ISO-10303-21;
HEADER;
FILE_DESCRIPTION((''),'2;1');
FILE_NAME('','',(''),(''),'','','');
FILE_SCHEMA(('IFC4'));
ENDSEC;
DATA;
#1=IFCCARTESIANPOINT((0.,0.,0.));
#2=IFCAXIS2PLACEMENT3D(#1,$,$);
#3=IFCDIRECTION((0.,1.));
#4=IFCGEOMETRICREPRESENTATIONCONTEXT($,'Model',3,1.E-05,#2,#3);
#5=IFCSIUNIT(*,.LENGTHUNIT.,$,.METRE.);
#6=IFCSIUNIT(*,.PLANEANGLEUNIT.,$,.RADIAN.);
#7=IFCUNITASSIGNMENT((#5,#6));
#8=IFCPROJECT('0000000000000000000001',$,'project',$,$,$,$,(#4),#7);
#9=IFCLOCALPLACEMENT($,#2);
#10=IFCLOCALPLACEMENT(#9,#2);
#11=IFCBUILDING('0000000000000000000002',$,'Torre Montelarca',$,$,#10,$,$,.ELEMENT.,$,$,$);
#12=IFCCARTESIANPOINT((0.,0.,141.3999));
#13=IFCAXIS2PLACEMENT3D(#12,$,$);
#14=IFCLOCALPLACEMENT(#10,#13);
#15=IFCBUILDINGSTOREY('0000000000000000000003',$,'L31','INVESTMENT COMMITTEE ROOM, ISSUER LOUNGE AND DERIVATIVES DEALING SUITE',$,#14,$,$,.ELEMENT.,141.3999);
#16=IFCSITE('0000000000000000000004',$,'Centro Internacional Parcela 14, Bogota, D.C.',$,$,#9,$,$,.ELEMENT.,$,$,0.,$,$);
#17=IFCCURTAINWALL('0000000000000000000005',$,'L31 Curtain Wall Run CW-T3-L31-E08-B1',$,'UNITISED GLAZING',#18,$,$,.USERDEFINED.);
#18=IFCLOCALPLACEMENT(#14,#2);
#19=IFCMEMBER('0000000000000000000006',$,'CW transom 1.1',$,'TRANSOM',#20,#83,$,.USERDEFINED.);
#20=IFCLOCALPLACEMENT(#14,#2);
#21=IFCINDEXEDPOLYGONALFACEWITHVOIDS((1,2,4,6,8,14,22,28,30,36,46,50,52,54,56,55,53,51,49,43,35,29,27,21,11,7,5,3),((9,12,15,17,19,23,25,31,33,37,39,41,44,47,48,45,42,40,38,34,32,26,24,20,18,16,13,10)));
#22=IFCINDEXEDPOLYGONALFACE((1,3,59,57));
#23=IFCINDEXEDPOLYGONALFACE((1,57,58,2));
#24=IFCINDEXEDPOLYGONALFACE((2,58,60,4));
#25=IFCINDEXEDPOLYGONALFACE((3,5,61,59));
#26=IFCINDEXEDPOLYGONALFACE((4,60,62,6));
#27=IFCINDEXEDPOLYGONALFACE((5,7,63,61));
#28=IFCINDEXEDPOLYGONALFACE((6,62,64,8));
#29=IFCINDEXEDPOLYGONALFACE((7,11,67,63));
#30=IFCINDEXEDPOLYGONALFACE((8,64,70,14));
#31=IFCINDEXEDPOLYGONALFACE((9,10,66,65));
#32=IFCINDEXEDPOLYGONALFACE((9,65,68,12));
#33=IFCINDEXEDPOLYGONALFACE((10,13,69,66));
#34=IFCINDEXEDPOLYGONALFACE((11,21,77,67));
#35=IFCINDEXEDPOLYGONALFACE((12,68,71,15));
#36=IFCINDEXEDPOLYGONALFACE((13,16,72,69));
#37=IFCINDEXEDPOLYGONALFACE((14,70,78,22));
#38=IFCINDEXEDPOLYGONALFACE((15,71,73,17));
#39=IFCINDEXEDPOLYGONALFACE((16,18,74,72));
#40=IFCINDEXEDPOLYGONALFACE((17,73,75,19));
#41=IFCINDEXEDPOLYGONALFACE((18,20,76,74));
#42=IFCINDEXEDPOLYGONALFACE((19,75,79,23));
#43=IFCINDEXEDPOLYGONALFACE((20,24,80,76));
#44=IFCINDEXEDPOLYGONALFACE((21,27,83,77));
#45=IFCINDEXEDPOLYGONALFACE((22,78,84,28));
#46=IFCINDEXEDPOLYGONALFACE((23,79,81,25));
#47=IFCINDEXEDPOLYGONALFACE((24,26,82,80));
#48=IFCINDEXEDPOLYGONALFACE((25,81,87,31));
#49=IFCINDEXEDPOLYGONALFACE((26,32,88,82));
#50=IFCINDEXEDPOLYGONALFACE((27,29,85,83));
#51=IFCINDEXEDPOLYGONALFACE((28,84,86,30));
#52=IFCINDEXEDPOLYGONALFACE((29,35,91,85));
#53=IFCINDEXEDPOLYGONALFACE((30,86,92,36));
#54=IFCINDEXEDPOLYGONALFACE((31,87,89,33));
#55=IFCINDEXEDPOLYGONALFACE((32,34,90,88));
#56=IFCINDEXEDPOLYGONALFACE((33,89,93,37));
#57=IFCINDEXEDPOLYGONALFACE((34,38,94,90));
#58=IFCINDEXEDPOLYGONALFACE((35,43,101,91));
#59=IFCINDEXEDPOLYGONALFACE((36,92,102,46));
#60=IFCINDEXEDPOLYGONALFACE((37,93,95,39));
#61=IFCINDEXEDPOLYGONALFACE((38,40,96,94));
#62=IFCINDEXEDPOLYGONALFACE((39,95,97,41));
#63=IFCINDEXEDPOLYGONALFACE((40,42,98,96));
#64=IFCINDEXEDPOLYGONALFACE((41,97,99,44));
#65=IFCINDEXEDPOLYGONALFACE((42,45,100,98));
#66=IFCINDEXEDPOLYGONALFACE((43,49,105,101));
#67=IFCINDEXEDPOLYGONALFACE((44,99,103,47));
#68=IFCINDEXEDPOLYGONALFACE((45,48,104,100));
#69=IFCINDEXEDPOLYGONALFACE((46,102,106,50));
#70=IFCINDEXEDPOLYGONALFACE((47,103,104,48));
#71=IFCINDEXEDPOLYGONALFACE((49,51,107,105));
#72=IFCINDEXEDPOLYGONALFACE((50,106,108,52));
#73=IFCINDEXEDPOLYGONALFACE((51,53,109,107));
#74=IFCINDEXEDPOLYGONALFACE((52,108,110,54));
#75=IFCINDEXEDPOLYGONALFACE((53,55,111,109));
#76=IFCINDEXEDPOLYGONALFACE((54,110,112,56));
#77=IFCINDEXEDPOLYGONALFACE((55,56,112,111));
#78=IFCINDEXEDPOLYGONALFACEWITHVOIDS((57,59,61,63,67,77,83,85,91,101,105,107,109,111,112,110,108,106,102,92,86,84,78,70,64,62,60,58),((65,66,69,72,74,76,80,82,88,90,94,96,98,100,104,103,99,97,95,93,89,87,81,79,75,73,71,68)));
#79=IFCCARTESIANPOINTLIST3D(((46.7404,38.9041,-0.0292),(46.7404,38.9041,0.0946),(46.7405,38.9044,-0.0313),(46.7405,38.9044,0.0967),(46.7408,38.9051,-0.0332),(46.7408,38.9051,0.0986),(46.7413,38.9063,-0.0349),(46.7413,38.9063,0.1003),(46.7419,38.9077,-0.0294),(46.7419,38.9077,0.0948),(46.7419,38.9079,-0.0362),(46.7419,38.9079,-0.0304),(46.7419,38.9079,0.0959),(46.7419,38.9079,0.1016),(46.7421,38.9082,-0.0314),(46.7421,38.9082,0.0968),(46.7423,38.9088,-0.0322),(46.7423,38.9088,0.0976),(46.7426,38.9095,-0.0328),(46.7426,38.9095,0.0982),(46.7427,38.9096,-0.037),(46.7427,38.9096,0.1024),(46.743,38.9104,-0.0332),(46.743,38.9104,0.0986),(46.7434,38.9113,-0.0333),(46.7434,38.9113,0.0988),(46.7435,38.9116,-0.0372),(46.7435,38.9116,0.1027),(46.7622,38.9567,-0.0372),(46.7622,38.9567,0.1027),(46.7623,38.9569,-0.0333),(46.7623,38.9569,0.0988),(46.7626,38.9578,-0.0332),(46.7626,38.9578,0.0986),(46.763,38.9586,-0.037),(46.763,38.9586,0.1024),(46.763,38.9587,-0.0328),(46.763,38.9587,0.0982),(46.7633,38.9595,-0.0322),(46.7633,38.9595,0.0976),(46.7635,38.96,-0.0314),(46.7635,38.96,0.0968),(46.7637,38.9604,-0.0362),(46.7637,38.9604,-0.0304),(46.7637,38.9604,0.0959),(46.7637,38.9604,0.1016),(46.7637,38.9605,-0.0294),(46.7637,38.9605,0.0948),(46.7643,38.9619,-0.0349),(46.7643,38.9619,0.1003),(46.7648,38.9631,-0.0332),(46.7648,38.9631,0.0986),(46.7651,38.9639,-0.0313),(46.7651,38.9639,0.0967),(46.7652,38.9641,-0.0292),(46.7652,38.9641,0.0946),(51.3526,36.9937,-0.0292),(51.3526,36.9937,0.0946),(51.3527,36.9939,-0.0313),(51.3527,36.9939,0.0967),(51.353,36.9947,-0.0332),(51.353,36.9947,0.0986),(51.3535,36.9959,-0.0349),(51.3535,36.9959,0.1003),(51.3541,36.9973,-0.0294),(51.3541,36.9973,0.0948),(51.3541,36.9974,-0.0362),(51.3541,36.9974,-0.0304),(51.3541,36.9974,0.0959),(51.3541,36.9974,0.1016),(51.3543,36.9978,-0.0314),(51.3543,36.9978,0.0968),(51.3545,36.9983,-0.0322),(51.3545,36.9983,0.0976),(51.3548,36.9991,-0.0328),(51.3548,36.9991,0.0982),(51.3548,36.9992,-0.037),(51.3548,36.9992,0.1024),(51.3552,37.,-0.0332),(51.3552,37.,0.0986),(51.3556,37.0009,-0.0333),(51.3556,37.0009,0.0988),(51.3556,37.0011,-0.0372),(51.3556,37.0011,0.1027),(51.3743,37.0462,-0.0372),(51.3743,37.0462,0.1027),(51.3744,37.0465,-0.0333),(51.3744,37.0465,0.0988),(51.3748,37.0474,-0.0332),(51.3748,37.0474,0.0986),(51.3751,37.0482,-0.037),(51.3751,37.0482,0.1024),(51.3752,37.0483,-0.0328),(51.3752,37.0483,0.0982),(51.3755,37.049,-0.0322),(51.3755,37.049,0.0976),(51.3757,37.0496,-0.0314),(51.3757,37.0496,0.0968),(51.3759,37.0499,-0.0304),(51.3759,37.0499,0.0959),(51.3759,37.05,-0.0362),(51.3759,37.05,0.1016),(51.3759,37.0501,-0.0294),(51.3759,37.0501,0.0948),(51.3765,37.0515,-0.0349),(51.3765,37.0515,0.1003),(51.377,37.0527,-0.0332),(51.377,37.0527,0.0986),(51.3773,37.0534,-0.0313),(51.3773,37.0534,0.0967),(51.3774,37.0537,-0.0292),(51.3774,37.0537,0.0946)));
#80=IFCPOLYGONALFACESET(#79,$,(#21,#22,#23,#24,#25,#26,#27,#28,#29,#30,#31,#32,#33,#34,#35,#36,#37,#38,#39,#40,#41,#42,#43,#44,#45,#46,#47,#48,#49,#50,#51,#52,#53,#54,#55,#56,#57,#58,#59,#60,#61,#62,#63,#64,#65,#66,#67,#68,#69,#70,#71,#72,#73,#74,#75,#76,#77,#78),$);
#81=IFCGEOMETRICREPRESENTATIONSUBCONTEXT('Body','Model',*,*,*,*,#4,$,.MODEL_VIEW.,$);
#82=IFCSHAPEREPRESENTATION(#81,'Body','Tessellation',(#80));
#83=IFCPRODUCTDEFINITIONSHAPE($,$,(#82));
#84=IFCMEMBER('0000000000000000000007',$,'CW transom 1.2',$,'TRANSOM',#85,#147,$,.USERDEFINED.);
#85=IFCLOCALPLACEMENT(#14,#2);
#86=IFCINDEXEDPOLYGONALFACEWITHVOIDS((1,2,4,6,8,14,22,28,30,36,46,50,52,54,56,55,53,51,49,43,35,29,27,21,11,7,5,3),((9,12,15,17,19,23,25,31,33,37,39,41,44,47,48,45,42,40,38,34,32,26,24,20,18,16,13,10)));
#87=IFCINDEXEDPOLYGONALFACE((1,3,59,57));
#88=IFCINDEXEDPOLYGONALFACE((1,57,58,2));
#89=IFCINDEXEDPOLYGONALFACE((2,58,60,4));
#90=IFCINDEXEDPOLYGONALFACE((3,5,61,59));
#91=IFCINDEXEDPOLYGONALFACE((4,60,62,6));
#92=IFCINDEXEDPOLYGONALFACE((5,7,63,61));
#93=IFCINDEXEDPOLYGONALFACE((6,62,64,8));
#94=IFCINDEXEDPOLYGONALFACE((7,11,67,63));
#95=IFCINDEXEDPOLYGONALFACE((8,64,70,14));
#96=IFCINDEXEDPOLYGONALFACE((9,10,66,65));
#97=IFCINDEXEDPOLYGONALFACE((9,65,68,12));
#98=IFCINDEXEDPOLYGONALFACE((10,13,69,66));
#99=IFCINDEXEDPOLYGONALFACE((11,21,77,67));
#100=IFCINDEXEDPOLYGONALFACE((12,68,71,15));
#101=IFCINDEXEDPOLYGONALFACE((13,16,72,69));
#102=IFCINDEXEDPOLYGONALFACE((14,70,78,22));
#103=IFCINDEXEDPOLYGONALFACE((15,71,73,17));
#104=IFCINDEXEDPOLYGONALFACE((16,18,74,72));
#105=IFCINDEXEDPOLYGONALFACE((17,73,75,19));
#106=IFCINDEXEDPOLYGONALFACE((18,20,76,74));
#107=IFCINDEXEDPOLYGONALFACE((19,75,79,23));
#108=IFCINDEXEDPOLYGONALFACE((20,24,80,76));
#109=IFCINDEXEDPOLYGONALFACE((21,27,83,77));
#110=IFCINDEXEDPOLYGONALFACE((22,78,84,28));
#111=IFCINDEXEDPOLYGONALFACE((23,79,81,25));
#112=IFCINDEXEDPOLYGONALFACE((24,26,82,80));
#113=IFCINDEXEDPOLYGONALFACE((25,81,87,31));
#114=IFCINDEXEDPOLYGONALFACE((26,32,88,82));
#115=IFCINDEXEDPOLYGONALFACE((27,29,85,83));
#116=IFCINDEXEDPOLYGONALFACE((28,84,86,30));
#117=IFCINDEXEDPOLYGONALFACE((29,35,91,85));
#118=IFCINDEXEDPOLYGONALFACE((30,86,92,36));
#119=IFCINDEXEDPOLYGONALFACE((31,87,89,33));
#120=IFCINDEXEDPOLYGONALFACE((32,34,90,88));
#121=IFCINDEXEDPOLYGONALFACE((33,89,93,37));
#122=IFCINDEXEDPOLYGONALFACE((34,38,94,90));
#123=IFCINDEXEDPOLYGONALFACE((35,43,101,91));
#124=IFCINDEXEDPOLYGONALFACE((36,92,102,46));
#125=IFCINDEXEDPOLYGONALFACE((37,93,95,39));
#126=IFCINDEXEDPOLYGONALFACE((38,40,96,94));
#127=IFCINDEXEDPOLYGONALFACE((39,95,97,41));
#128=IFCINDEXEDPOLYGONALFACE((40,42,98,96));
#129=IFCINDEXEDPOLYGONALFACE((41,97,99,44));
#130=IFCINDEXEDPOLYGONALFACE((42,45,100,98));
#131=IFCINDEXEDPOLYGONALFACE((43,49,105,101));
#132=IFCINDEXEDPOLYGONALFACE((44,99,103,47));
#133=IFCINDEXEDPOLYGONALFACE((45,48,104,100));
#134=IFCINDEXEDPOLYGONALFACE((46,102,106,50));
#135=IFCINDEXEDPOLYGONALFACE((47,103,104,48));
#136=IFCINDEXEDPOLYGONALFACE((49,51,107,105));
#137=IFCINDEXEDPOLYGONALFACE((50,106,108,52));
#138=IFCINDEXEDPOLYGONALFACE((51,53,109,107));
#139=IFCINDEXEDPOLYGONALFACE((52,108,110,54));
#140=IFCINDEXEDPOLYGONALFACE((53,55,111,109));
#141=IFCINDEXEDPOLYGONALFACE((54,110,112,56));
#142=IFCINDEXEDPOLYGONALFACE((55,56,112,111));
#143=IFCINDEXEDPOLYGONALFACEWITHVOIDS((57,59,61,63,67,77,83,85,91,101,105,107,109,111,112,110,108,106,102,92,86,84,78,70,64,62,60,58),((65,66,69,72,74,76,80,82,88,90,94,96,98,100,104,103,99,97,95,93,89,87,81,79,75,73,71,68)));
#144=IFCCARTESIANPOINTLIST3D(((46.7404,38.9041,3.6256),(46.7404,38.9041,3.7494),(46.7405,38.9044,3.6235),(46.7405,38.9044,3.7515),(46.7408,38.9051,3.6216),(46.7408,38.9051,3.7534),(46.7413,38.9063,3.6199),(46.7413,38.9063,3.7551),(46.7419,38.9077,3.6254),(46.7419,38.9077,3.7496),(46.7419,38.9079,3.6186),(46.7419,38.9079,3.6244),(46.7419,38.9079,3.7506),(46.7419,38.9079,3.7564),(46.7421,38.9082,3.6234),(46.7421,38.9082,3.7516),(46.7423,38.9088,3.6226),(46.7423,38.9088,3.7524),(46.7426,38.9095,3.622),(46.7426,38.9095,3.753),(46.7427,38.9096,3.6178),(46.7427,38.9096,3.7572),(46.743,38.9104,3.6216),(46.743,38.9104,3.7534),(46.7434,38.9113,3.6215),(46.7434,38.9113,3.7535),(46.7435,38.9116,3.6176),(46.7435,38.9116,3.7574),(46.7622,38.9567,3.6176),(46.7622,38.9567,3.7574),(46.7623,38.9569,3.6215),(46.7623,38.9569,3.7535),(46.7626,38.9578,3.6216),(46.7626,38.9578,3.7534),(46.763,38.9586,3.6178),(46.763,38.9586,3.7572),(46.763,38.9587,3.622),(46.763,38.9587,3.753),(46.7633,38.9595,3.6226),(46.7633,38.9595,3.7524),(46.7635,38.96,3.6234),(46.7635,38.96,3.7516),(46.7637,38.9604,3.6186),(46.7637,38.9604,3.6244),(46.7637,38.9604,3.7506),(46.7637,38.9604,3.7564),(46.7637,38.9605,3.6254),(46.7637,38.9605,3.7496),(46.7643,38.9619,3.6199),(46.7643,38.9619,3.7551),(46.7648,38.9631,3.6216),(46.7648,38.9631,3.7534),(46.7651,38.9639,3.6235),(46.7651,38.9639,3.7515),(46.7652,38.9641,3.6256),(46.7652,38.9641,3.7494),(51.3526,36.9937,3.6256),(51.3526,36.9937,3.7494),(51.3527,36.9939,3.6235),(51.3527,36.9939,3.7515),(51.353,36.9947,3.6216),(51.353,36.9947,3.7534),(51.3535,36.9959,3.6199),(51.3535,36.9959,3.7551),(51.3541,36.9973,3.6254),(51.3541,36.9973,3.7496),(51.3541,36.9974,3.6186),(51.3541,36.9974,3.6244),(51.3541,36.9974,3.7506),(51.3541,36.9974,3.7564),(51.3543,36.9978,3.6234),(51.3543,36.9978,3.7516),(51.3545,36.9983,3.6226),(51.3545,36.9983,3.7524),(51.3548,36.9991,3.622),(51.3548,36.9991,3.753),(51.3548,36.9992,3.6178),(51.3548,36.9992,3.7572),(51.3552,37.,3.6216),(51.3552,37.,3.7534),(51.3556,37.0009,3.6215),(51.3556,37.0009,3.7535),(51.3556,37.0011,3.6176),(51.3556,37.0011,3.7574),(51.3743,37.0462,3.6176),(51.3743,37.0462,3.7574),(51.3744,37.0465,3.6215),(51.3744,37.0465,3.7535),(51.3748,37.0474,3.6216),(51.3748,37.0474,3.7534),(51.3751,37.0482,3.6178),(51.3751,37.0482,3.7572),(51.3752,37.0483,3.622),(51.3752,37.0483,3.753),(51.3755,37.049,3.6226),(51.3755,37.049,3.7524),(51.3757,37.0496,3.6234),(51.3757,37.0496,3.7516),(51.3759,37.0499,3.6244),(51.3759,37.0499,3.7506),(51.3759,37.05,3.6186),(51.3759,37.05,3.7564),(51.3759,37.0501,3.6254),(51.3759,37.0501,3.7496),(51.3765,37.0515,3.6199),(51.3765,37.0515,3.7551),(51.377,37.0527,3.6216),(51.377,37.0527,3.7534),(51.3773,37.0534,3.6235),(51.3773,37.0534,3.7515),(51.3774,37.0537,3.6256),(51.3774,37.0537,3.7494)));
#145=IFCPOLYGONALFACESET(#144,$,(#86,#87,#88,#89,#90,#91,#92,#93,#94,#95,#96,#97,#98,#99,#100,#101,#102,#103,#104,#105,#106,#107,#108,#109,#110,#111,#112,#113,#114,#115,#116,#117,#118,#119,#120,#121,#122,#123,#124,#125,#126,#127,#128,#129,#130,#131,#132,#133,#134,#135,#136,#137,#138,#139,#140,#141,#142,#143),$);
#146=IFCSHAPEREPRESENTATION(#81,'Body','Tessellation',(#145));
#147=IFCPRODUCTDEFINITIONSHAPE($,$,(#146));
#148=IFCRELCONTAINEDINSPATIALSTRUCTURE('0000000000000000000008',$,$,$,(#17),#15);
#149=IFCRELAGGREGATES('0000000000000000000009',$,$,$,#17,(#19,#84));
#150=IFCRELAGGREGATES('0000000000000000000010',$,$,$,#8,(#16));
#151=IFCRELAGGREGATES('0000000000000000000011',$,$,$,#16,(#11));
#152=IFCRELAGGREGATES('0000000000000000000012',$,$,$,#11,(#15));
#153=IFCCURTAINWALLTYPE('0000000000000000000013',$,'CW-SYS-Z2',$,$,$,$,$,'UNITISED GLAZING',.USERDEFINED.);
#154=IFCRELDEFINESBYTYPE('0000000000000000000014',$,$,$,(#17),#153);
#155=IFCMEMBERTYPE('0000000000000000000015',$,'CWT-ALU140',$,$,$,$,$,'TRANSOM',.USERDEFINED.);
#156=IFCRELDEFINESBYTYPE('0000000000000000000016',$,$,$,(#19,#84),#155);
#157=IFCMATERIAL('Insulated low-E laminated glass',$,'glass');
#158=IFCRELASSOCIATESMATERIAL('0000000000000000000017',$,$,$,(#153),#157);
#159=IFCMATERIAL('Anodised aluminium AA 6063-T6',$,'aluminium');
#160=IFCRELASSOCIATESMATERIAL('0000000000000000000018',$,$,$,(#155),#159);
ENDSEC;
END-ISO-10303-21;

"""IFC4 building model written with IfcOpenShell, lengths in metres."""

from ifc_helpers import new_model, si_unit, direction, frame, origin, origin_2d, place, context, subcontext, project, spatial, hollow_rectangle, extrude, source, transform, mapped, material, material_profile, profile_set, type_object, element, aggregate, save


model = new_model("IFC4")

# Units and contexts
model_context = context("Model", 3, precision=1e-05, world=origin(), true_north=direction((0.0, 1.0)))
body_context = subcontext(model_context, "Body", "Model", "MODEL_VIEW")
ifc_project = project(units=[si_unit("LENGTHUNIT", "METRE"), si_unit("PLANEANGLEUNIT", "RADIAN")], contexts=[model_context])

# Site, building, storey
site_placement = place(None, origin())
site = spatial("IfcSite", under=ifc_project, at=site_placement, Name="Centro Internacional Parcela 14, Bogota, D.C.", CompositionType="ELEMENT", RefElevation=0.0)
building_placement = place(site_placement, origin())
building = spatial("IfcBuilding", under=site, at=building_placement, Name="Torre Montelarca", CompositionType="ELEMENT")
storey_placement = place(building_placement, frame((0.0, 0.0, 141.3999)))
storey = spatial("IfcBuildingStorey", under=building, at=storey_placement, Name="L31", Description="INVESTMENT COMMITTEE ROOM, ISSUER LOUNGE AND DERIVATIVES DEALING SUITE", CompositionType="ELEMENT", Elevation=141.3999)

# Shared definitions
ifc_material_1 = material(Name="Insulated low-E laminated glass", Category="glass")
curtain_wall_type = type_object("IfcCurtainWallType", Name="CW-SYS-Z2", ElementType="UNITISED GLAZING", PredefinedType="USERDEFINED", material=ifc_material_1)
ifc_material_2 = material(Name="Anodised aluminium AA 6063-T6", Category="aluminium")
ifc_material_profile_1 = material_profile(ifc_material_2, hollow_rectangle(XDim=0.0649, YDim=0.1399, WallThickness=0.0039, InnerFilletRadius=0.0039, OuterFilletRadius=0.0081, at=origin_2d()), Name="ALU65X140X4", Category="aluminium")
ifc_profile_set_1 = profile_set([ifc_material_profile_1], Name="Anodised aluminium AA 6063-T6")
member_type_1 = type_object("IfcMemberType", Name="CWT-ALU140", ElementType="TRANSOM", PredefinedType="USERDEFINED", material=ifc_profile_set_1)

# Curtain wall
curtain_wall_1_placement = place(storey_placement, origin())
curtain_wall_1 = element("IfcCurtainWall", 1, at=curtain_wall_1_placement, inside=storey, type_object=curtain_wall_type, Name="L31 Curtain Wall Run CW-T3-L31-E08-B1", ObjectType="UNITISED GLAZING", PredefinedType="USERDEFINED")

# Members
shared_shape_1 = source(origin(), body_context, "Body", "SweptSolid", [
    extrude(hollow_rectangle(XDim=0.0649, YDim=0.1399, WallThickness=0.0039, InnerFilletRadius=0.0039, OuterFilletRadius=0.0081, at=origin_2d()), origin(), (0.0, 0.0, 1.0), 4.9922),
])
member_1_placement = place(storey_placement, frame((51.365, 37.0237, 0.0327), z_axis=(-0.923878, 0.382687, 0.0), x_axis=(-0.382687, -0.923878, 0.0)))
member_1 = element("IfcMember", 2, at=member_1_placement, type_object=member_type_1, Name="CW transom 1.1", ObjectType="TRANSOM", PredefinedType="USERDEFINED", context=body_context, shape_type="MappedRepresentation", body=[
    mapped(shared_shape_1, transform((0.0, 0.0, 0.0), scale=1.0)),
])
member_2_placement = place(storey_placement, frame((51.365, 37.0237, 3.6875), z_axis=(-0.923878, 0.382687, 0.0), x_axis=(-0.382687, -0.923878, 0.0)))
member_2 = element("IfcMember", 3, at=member_2_placement, type_object=member_type_1, Name="CW transom 1.2", ObjectType="TRANSOM", PredefinedType="USERDEFINED", context=body_context, shape_type="MappedRepresentation", body=[
    mapped(shared_shape_1, transform((0.0, 0.0, 0.0), scale=1.0)),
])

aggregate(curtain_wall_1, [member_1, member_2])

save(model, "model.ifc")
